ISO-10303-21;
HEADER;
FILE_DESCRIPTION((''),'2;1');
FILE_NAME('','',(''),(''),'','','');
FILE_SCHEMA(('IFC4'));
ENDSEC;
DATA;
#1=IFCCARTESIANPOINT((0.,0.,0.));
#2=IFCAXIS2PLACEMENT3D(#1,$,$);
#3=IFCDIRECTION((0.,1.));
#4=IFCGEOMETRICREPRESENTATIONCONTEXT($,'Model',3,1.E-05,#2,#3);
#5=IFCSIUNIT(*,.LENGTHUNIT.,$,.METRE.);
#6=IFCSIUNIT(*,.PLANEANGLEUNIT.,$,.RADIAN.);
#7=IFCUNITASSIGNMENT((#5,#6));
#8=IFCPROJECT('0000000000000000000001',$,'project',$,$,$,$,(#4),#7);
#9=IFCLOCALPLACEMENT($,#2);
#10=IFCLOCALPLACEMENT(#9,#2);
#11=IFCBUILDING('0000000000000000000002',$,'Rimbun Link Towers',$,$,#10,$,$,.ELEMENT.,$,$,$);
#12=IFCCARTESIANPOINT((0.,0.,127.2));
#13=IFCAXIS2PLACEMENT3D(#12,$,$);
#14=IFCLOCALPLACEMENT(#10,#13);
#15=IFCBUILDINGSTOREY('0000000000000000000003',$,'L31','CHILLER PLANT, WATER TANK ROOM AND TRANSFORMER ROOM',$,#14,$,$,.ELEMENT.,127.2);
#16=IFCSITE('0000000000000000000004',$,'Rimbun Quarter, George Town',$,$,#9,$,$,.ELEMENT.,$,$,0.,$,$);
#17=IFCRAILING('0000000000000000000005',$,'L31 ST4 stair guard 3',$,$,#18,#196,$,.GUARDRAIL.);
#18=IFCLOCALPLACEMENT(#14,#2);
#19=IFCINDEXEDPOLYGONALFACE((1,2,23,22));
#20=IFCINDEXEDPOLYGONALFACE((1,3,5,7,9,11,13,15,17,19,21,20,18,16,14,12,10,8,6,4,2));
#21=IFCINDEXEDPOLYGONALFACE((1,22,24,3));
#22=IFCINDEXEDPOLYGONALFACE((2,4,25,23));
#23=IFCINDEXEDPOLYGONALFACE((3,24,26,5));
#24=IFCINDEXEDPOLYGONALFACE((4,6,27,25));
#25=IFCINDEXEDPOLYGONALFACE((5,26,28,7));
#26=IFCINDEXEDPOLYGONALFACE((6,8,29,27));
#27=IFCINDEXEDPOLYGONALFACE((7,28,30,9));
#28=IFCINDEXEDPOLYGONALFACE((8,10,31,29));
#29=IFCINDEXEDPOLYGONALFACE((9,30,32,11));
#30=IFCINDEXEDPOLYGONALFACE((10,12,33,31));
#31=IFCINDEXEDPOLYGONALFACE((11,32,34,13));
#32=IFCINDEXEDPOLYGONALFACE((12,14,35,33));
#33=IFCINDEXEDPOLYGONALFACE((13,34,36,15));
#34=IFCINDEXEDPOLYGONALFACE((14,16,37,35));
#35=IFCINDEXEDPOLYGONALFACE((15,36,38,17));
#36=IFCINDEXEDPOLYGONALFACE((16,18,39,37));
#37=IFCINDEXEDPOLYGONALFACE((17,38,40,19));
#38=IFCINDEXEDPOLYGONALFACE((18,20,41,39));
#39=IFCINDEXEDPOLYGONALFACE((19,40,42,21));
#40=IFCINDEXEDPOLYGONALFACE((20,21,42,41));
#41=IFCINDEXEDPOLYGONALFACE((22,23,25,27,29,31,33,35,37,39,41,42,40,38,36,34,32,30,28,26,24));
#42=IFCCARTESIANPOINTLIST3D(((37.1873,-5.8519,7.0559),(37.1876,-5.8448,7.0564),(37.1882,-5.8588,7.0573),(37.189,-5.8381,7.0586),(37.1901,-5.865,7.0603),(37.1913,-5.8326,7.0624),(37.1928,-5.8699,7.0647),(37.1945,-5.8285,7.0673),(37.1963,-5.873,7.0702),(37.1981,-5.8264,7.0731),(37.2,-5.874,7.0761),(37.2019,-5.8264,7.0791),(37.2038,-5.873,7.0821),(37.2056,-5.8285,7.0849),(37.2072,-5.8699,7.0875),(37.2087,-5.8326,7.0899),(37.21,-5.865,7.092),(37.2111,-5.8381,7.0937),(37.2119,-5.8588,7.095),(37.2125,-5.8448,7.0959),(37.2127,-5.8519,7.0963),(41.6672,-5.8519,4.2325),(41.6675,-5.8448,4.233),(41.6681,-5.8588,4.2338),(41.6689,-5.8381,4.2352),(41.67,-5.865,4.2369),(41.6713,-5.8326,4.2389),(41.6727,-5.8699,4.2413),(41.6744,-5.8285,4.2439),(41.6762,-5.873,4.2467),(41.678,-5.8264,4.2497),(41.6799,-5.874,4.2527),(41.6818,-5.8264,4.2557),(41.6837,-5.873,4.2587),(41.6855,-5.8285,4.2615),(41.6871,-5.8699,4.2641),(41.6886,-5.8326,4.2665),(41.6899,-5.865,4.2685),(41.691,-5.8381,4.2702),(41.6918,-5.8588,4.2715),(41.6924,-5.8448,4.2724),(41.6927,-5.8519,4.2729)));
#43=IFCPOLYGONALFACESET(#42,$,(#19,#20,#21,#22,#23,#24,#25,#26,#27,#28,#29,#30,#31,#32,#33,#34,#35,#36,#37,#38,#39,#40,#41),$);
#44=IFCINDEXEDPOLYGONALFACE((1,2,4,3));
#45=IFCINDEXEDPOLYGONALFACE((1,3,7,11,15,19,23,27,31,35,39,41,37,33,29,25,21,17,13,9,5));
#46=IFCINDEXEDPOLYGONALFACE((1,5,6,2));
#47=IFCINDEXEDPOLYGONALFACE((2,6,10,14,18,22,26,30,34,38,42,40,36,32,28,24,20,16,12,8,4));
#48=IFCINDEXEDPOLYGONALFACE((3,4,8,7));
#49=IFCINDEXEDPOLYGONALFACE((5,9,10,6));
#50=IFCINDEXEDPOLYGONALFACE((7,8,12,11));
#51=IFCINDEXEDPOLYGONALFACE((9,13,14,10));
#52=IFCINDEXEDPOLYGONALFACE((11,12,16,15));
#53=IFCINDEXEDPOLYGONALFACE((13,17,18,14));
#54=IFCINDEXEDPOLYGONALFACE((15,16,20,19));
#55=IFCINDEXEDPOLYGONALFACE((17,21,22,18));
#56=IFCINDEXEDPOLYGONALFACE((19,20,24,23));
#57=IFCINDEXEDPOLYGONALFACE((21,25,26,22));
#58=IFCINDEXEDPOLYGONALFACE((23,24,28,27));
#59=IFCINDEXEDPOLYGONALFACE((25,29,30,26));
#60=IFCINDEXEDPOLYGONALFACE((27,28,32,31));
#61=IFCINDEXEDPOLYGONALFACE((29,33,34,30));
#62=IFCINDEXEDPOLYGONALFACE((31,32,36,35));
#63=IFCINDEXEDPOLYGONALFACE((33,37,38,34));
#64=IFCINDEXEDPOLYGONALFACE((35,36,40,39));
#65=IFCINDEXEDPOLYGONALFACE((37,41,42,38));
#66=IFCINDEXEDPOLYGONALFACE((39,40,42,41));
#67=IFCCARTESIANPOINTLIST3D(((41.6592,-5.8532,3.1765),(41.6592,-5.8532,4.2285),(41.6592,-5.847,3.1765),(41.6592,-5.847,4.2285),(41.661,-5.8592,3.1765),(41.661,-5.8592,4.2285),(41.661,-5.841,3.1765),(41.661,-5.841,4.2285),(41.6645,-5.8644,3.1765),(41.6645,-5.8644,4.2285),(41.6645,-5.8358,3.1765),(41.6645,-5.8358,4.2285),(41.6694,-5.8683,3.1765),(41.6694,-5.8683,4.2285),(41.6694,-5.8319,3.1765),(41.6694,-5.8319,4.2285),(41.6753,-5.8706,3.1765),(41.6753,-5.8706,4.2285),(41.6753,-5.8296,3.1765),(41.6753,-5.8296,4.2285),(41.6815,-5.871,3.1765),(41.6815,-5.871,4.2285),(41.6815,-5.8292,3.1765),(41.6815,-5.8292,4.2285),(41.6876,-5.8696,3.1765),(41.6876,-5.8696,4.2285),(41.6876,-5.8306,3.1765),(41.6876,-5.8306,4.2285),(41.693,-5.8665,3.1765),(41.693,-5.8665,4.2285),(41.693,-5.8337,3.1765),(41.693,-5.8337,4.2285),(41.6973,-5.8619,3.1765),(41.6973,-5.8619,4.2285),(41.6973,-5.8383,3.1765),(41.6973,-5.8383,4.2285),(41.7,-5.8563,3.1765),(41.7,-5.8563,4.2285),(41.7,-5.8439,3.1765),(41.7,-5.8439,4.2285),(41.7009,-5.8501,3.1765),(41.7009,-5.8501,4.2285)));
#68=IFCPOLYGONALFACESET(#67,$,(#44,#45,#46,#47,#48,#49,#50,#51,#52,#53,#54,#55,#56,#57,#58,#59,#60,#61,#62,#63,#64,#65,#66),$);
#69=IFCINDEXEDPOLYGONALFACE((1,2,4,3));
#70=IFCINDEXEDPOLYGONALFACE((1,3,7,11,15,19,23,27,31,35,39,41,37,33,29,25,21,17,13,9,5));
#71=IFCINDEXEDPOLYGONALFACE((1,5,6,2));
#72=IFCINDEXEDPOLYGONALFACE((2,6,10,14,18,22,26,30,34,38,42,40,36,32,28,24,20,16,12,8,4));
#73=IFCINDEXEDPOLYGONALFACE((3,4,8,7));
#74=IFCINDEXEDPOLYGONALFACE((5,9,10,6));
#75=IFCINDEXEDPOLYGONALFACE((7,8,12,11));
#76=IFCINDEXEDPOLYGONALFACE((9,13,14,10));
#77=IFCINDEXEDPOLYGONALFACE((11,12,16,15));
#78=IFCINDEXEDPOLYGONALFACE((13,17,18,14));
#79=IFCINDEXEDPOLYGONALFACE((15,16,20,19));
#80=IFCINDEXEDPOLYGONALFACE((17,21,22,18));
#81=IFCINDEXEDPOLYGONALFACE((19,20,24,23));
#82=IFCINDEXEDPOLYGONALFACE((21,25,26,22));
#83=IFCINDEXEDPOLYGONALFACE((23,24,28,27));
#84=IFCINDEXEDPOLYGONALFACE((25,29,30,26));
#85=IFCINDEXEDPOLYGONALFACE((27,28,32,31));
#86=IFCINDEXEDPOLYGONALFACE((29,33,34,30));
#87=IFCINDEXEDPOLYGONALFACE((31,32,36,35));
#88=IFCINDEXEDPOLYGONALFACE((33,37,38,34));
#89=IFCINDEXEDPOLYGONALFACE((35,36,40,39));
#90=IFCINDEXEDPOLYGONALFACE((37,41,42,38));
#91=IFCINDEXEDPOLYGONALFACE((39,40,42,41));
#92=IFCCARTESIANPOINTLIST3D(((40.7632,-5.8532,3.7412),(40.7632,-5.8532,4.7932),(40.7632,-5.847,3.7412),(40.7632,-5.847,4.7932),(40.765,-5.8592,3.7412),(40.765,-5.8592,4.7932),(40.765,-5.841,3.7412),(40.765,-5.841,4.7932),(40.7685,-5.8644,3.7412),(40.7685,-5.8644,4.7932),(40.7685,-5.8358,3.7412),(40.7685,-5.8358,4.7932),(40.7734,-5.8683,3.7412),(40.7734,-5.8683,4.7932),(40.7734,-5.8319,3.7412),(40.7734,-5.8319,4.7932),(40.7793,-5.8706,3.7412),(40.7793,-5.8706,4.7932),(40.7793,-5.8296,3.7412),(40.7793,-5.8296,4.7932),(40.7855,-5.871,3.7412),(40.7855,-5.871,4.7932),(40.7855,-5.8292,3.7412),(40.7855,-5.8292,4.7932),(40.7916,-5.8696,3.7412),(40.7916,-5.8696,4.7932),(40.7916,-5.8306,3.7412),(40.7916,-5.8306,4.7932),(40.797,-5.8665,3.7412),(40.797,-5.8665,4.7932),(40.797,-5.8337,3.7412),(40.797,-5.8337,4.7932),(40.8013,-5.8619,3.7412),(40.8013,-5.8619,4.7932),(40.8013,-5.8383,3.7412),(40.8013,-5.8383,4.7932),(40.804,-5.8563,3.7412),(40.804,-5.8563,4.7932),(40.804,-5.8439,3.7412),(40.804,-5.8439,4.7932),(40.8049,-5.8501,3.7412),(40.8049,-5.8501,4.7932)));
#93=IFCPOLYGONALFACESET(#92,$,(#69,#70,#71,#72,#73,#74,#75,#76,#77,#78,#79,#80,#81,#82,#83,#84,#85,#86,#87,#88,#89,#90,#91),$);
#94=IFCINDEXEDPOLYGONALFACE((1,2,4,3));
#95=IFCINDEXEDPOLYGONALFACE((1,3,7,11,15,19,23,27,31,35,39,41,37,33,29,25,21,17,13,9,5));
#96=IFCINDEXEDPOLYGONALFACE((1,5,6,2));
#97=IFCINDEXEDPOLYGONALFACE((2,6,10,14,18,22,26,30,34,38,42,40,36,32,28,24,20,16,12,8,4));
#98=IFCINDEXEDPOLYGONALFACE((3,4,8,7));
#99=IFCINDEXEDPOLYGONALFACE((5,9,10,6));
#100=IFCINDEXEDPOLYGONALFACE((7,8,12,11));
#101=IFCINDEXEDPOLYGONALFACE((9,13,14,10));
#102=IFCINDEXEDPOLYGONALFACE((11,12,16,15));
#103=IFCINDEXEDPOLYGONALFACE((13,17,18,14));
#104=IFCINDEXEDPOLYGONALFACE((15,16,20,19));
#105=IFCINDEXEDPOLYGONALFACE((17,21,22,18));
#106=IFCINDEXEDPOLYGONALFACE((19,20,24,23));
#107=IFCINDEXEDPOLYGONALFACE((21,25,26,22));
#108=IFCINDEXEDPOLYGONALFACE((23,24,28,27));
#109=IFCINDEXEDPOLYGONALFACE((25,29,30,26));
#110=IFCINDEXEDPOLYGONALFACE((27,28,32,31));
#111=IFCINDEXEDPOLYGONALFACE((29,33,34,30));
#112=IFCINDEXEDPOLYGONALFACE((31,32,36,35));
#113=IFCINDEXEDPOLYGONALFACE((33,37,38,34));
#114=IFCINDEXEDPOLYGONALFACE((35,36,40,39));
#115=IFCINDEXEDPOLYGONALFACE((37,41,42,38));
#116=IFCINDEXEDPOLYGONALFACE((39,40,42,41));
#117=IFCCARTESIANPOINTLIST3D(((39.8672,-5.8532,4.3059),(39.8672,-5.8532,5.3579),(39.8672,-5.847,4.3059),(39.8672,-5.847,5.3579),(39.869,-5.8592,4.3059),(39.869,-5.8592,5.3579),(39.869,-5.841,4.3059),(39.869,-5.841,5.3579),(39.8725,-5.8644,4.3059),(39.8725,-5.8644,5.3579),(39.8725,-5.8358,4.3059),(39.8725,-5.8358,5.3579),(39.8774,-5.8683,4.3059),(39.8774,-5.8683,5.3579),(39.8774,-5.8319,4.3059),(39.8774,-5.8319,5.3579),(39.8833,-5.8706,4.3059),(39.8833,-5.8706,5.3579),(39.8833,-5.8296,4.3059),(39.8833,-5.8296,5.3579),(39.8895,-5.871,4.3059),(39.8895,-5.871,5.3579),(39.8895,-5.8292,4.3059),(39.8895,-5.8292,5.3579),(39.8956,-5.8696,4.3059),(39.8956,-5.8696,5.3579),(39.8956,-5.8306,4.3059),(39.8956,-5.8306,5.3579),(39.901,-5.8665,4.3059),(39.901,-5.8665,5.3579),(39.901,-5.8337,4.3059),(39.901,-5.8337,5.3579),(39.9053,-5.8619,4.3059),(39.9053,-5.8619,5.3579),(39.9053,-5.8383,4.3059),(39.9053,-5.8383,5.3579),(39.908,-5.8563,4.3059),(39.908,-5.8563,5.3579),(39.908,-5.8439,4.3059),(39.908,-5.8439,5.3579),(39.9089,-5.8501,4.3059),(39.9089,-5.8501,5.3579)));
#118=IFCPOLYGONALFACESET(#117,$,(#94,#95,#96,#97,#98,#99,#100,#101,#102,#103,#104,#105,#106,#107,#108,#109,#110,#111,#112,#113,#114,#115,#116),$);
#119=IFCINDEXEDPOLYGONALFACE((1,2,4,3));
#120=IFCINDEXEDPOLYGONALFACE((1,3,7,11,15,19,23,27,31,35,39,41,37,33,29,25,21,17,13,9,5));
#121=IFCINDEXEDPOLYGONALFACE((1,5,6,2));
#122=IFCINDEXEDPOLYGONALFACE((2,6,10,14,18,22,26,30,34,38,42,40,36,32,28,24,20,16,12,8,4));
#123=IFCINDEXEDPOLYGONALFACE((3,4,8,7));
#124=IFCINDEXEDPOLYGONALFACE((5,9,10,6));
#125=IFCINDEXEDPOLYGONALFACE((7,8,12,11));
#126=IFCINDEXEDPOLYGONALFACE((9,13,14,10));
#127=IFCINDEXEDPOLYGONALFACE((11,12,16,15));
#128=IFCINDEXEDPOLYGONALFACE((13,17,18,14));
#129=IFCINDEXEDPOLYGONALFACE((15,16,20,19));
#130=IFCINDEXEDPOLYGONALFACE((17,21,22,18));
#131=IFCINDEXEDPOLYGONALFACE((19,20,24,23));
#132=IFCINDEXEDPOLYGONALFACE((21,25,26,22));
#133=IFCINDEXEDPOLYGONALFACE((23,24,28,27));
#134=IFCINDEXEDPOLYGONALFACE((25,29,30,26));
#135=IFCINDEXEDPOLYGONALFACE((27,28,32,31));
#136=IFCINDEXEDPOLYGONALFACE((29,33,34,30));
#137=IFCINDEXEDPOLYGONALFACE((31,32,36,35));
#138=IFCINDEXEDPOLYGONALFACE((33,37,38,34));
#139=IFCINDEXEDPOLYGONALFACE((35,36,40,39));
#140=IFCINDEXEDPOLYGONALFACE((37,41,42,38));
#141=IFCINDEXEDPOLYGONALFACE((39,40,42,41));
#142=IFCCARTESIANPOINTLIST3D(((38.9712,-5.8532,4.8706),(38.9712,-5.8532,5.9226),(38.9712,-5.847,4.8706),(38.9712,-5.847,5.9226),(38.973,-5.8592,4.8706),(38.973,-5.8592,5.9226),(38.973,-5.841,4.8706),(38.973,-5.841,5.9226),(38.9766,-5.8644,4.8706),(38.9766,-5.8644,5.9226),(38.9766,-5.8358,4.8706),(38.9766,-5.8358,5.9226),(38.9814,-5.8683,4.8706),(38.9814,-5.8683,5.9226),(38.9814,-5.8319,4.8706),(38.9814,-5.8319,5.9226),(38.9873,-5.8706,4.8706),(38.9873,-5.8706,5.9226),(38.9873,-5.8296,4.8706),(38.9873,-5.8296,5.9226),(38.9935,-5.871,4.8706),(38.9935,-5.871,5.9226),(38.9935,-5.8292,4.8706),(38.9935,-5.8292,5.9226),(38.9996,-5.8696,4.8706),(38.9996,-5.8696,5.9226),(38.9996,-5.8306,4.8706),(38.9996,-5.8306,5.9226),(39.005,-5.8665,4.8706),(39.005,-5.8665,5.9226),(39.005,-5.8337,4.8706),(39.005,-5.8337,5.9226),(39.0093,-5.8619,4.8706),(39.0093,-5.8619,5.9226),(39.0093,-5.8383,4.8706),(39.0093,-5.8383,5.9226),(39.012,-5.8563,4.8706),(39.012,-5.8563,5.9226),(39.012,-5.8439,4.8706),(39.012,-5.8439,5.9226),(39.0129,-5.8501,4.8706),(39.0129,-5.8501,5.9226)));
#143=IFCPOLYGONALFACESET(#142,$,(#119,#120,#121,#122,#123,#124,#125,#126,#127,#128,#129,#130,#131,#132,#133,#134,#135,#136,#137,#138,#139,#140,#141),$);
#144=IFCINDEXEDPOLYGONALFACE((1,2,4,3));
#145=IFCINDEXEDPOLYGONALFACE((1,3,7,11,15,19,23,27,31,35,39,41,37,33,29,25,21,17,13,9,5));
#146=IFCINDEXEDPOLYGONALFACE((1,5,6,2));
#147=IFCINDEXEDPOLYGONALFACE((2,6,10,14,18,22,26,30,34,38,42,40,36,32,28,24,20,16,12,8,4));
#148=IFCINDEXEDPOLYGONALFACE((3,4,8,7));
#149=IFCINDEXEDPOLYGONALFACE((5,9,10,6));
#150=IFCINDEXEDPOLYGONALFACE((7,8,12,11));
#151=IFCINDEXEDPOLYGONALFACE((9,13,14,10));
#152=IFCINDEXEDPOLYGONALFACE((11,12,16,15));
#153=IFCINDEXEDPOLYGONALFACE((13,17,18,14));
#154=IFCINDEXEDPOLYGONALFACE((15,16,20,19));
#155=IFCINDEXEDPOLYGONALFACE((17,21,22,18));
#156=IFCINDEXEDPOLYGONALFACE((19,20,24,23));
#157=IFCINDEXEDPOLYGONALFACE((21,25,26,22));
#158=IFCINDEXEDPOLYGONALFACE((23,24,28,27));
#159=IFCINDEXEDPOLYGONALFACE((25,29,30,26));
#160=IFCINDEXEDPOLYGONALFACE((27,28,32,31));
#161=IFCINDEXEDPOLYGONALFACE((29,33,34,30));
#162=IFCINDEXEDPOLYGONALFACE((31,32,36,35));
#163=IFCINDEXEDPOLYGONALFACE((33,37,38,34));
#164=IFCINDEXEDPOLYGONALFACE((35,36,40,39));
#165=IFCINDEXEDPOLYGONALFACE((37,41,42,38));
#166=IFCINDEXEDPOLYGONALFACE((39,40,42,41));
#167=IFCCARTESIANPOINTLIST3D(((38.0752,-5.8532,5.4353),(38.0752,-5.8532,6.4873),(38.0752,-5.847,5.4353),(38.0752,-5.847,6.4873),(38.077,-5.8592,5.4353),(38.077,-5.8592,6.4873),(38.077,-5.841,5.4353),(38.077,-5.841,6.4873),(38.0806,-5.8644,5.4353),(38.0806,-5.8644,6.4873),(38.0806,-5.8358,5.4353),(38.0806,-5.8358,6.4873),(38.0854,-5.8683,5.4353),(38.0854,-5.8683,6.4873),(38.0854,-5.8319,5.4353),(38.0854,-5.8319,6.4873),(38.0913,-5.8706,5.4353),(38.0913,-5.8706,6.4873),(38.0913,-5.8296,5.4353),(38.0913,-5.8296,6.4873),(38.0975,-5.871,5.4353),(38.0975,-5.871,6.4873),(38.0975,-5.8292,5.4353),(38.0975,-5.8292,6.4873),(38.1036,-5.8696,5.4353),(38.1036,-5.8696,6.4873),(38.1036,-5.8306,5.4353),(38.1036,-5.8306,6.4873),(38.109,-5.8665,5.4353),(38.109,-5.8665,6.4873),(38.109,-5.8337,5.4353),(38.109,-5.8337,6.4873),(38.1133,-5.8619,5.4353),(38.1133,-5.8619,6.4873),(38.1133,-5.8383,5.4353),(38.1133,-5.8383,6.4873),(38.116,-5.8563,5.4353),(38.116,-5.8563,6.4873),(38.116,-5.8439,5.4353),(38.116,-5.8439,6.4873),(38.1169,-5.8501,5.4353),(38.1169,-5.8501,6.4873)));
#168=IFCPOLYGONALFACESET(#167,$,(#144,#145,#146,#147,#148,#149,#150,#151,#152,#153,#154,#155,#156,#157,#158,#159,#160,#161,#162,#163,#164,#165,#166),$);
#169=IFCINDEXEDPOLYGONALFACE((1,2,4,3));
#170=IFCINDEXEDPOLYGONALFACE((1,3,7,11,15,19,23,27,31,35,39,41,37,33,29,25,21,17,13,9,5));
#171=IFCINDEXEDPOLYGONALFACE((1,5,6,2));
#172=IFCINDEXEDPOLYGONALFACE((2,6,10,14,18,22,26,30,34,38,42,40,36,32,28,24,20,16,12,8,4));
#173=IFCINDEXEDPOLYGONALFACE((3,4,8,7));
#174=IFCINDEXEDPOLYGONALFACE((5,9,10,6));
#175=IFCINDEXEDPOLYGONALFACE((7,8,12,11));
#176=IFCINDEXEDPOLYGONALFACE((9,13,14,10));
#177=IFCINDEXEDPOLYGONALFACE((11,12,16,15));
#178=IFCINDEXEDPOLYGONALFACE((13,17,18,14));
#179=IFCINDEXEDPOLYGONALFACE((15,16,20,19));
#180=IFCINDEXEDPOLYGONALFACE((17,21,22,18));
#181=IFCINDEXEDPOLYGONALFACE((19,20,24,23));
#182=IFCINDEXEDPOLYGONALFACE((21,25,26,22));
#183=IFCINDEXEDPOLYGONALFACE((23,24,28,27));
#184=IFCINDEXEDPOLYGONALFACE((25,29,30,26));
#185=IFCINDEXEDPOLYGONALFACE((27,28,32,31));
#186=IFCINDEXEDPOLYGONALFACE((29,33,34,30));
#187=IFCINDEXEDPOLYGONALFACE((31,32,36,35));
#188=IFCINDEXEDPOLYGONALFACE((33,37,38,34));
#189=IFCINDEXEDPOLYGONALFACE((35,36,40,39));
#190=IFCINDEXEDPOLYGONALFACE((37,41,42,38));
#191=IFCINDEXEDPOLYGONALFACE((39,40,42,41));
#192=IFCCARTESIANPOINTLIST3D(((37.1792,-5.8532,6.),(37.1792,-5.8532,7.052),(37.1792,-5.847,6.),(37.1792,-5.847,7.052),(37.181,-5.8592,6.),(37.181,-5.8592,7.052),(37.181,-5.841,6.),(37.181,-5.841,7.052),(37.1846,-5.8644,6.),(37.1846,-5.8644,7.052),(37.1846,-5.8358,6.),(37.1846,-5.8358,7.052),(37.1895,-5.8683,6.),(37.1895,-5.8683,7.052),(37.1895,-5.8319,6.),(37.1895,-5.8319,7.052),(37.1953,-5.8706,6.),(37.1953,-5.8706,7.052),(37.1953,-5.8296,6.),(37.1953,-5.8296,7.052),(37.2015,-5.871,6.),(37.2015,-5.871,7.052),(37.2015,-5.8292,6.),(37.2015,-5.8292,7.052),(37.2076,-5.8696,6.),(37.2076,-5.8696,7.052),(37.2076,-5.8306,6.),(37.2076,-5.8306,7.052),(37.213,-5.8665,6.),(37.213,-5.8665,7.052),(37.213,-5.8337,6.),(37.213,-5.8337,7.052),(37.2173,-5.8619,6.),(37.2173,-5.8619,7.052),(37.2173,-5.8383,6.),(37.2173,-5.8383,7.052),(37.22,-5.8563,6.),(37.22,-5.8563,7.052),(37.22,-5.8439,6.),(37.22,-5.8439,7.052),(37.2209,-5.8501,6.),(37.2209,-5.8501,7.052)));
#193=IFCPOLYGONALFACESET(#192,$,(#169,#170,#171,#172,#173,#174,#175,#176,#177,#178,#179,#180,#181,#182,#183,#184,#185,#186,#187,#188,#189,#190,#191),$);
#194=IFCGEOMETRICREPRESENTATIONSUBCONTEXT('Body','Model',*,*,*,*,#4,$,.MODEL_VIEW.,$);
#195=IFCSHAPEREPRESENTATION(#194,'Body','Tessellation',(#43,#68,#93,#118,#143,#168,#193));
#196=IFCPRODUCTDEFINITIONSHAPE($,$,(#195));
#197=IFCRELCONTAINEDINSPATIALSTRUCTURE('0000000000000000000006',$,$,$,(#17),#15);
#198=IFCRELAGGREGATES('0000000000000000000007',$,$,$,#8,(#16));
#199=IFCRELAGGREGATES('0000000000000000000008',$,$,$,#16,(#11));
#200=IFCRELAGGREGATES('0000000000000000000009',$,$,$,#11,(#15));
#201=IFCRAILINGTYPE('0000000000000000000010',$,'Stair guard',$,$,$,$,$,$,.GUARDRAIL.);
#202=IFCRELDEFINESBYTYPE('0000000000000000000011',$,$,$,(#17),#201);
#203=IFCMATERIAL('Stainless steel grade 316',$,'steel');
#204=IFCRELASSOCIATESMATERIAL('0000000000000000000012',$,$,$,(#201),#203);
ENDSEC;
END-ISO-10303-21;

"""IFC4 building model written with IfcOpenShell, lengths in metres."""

from ifc_helpers import new_model, si_unit, direction, frame, origin, origin_2d, place, context, subcontext, project, spatial, circle, extrude, material, type_object, element, save


model = new_model("IFC4")

# Units and contexts
model_context = context("Model", 3, precision=1e-05, world=origin(), true_north=direction((0.0, 1.0)))
body_context = subcontext(model_context, "Body", "Model", "MODEL_VIEW")
ifc_project = project(units=[si_unit("LENGTHUNIT", "METRE"), si_unit("PLANEANGLEUNIT", "RADIAN")], contexts=[model_context])

# Site, building, storey
site_placement = place(None, origin())
site = spatial("IfcSite", under=ifc_project, at=site_placement, Name="Rimbun Quarter, George Town", CompositionType="ELEMENT", RefElevation=0.0)
building_placement = place(site_placement, origin())
building = spatial("IfcBuilding", under=site, at=building_placement, Name="Rimbun Link Towers", CompositionType="ELEMENT")
storey_placement = place(building_placement, frame((0.0, 0.0, 127.2)))
storey = spatial("IfcBuildingStorey", under=building, at=storey_placement, Name="L31", Description="CHILLER PLANT, WATER TANK ROOM AND TRANSFORMER ROOM", CompositionType="ELEMENT", Elevation=127.2)

# Railing
ifc_material_1 = material(Name="Stainless steel grade 316", Category="steel")
railing_type_1 = type_object("IfcRailingType", Name="Stair guard", PredefinedType="GUARDRAIL", material=ifc_material_1)
railing_1_placement = place(storey_placement, frame((41.6799, -5.8501, 3.1765)))
element("IfcRailing", 1, at=railing_1_placement, inside=storey, type_object=railing_type_1, Name="L31 ST4 stair guard 3", PredefinedType="GUARDRAIL", context=body_context, shape_type="SweptSolid", body=[
    extrude(circle(Radius=0.0239, at=origin_2d()), frame((0.0, 0.0, 1.0762), z_axis=(-0.845998, 0.0, 0.533186), x_axis=(0.0, -1.0, 0.0)), (0.0, 0.0, 1.0), 5.2954),
    extrude(circle(Radius=0.021, at=origin_2d()), origin(), (0.0, 0.0, 1.0), 1.052),
    extrude(circle(Radius=0.021, at=origin_2d()), frame((-0.896, 0.0, 0.5647)), (0.0, 0.0, 1.0), 1.052),
    extrude(circle(Radius=0.021, at=origin_2d()), frame((-1.792, 0.0, 1.1294)), (0.0, 0.0, 1.0), 1.052),
    extrude(circle(Radius=0.021, at=origin_2d()), frame((-2.688, 0.0, 1.6941)), (0.0, 0.0, 1.0), 1.052),
    extrude(circle(Radius=0.021, at=origin_2d()), frame((-3.584, 0.0, 2.2588)), (0.0, 0.0, 1.0), 1.052),
    extrude(circle(Radius=0.021, at=origin_2d()), frame((-4.48, 0.0, 2.8235)), (0.0, 0.0, 1.0), 1.052),
])

save(model, "model.ifc")
